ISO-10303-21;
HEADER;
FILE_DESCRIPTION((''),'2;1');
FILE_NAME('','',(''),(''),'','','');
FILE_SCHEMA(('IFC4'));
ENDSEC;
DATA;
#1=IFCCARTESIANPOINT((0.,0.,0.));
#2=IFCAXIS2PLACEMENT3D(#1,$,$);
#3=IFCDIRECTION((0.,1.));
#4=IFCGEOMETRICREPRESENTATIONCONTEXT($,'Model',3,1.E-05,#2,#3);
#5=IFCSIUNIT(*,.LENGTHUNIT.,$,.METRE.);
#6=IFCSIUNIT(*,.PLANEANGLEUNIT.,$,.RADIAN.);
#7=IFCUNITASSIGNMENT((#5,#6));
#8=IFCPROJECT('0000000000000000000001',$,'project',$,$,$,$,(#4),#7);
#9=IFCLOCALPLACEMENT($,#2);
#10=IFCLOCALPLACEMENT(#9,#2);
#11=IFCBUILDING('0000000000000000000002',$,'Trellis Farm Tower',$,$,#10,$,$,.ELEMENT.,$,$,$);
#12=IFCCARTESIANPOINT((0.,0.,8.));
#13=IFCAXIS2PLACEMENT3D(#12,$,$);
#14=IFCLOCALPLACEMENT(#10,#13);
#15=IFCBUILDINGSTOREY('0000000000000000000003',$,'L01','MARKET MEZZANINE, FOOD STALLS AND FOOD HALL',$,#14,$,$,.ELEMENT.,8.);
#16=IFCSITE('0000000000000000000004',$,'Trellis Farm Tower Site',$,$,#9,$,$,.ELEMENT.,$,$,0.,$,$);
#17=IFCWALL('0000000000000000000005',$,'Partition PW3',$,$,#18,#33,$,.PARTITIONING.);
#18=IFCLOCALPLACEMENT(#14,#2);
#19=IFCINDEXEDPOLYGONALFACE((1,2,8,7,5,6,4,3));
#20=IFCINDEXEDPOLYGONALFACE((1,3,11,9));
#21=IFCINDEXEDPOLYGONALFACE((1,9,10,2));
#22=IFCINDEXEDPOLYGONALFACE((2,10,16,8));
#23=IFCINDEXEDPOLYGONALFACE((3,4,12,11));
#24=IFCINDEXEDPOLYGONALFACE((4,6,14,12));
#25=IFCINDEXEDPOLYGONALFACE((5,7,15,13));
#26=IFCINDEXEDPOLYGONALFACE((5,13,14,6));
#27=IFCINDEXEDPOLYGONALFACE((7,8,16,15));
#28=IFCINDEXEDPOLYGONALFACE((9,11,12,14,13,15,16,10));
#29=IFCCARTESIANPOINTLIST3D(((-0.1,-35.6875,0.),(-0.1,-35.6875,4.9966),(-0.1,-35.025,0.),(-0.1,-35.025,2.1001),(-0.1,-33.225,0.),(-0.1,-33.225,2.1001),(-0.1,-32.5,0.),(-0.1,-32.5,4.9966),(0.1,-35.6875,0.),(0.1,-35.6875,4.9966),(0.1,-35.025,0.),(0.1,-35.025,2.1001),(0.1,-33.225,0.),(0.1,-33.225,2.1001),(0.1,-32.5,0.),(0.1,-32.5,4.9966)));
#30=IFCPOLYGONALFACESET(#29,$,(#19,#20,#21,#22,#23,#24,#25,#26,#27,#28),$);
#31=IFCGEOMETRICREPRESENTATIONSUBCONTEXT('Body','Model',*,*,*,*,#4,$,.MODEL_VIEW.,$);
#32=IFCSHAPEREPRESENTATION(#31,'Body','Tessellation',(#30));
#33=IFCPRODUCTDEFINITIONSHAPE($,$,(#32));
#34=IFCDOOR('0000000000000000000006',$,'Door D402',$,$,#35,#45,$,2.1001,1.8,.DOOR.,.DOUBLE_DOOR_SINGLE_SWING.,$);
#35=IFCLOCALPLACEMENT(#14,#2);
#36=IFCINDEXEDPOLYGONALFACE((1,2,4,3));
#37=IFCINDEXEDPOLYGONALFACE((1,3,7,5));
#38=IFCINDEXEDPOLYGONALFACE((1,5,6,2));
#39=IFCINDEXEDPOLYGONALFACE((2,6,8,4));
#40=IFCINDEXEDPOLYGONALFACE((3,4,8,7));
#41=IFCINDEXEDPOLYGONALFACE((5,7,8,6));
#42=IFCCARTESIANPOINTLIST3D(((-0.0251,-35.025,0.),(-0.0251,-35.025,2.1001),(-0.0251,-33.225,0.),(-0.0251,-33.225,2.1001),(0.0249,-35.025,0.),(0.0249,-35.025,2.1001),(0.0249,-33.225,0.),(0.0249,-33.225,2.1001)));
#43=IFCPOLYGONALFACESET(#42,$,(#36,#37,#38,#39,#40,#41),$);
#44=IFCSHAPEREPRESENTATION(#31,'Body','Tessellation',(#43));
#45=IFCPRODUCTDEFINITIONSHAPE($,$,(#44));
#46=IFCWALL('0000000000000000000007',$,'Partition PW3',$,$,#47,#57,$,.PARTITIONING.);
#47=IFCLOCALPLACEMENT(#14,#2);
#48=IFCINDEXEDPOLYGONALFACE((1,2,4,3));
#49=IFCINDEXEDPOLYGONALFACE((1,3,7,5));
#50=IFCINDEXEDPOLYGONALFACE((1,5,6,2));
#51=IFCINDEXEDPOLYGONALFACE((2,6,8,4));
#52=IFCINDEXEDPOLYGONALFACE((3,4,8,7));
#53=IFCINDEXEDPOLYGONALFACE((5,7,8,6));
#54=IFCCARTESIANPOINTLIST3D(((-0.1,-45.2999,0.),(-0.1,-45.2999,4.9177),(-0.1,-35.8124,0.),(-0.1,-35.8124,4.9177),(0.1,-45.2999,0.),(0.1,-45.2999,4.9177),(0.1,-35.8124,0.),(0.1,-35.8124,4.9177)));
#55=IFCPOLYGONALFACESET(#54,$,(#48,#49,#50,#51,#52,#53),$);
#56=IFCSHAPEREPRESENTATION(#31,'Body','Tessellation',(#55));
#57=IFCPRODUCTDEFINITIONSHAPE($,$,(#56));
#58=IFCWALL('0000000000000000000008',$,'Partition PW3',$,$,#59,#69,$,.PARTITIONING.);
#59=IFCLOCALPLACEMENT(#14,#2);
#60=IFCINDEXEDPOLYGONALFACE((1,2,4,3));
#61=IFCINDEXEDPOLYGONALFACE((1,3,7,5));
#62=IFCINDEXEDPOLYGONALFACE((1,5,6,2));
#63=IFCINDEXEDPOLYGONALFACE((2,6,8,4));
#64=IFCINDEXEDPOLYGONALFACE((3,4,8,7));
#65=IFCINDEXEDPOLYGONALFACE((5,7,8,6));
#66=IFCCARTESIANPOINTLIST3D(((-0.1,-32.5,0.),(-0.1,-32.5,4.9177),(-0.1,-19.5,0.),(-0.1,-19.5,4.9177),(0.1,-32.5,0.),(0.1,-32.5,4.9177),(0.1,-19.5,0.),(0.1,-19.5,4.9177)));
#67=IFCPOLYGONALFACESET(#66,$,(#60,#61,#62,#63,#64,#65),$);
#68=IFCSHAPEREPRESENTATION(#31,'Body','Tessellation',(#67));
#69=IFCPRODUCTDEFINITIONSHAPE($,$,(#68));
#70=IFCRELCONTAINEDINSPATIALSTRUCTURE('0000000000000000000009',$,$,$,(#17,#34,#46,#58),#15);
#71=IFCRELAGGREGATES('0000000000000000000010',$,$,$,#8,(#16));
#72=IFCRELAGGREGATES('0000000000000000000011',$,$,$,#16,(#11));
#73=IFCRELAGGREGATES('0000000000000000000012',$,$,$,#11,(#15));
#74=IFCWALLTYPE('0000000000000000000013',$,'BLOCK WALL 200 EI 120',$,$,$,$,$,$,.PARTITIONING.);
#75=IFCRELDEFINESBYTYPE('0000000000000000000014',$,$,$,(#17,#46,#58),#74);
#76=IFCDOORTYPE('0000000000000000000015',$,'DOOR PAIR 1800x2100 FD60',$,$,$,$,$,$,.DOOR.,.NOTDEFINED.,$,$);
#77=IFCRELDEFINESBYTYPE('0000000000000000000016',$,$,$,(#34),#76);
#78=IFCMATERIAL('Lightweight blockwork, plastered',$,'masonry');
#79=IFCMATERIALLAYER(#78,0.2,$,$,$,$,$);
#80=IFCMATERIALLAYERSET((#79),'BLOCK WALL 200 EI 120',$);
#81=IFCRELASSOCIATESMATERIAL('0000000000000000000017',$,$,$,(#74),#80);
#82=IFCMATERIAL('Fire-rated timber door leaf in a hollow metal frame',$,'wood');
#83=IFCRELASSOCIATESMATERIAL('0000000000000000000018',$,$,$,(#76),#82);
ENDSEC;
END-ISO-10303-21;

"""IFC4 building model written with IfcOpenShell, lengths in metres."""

from ifc_helpers import new_model, si_unit, direction, frame, frame_2d, origin, place, context, subcontext, project, spatial, rectangle, extrude, source, transform, mapped, material, layer, layer_set, type_object, element, fill, save


model = new_model("IFC4")

# Units and contexts
model_context = context("Model", 3, precision=1e-05, world=origin(), true_north=direction((0.0, 1.0)))
body_context = subcontext(model_context, "Body", "Model", "MODEL_VIEW")
ifc_project = project(units=[si_unit("LENGTHUNIT", "METRE"), si_unit("PLANEANGLEUNIT", "RADIAN")], contexts=[model_context])

# Site, building, storey
site_placement = place(None, origin())
site = spatial("IfcSite", under=ifc_project, at=site_placement, Name="Trellis Farm Tower Site", CompositionType="ELEMENT", RefElevation=0.0)
building_placement = place(site_placement, origin())
building = spatial("IfcBuilding", under=site, at=building_placement, Name="Trellis Farm Tower", CompositionType="ELEMENT")
storey_placement = place(building_placement, frame((0.0, 0.0, 8.0)))
storey = spatial("IfcBuildingStorey", under=building, at=storey_placement, Name="L01", Description="MARKET MEZZANINE, FOOD STALLS AND FOOD HALL", CompositionType="ELEMENT", Elevation=8.0)

# Shared definitions
ifc_material_1 = material(Name="Lightweight blockwork, plastered", Category="masonry")
ifc_layer_1 = layer(ifc_material_1, 0.2)
ifc_layer_set_1 = layer_set([ifc_layer_1], Name="BLOCK WALL 200 EI 120")
wall_type = type_object("IfcWallType", Name="BLOCK WALL 200 EI 120", PredefinedType="PARTITIONING", material=ifc_layer_set_1)

# Wall, opening, door
shared_shape_1 = source(origin(), body_context, "Body", "SweptSolid", [
    extrude(rectangle(XDim=3.1875, YDim=0.2, at=frame_2d((1.5938, 0.0))), origin(), (0.0, 0.0, 1.0), 4.9966),
])
wall_1_placement = place(storey_placement, frame((0.0, -32.5, 0.0), z_axis=(0.0, 0.0, 1.0), x_axis=(0.0, -1.0, 0.0)))
wall_1 = element("IfcWall", 1, at=wall_1_placement, inside=storey, type_object=wall_type, Name="Partition PW3", PredefinedType="PARTITIONING", context=body_context, shape_type="MappedRepresentation", body=[
    mapped(shared_shape_1, transform((0.0, 0.0, 0.0))),
])
shared_shape_2 = source(origin(), body_context, "Body", "SweptSolid", [
    extrude(rectangle(XDim=1.8, YDim=2.1001, at=frame_2d((0.8999, 1.05))), frame((0.0, 0.1101, 0.0), z_axis=(0.0, -1.0, 0.0), x_axis=(1.0, 0.0, 0.0)), (0.0, 0.0, 1.0), 0.2202),
])
opening_placement = place(wall_1_placement, frame((0.7251, 0.0, 0.0)))
opening = element("IfcOpeningElement", 2, at=opening_placement, cuts=wall_1, PredefinedType="OPENING", context=body_context, shape_type="MappedRepresentation", body=[
    mapped(shared_shape_2, transform((0.0, 0.0, 0.0))),
])
ifc_material_2 = material(Name="Fire-rated timber door leaf in a hollow metal frame", Category="wood")
door_type = type_object("IfcDoorType", Name="DOOR PAIR 1800x2100 FD60", OperationType="NOTDEFINED", PredefinedType="DOOR", material=ifc_material_2)
shared_shape_3 = source(origin(), body_context, "Body", "SweptSolid", [
    extrude(rectangle(XDim=1.8, YDim=2.1001, at=frame_2d((0.8999, 1.05))), frame((0.0, 0.0249, 0.0), z_axis=(0.0, -1.0, 0.0), x_axis=(1.0, 0.0, 0.0)), (0.0, 0.0, 1.0), 0.05),
])
door_placement = place(opening_placement, origin())
door = element("IfcDoor", 3, at=door_placement, inside=storey, type_object=door_type, Name="Door D402", OperationType="DOUBLE_DOOR_SINGLE_SWING", OverallHeight=2.1001, OverallWidth=1.8, PredefinedType="DOOR", context=body_context, shape_type="MappedRepresentation", body=[
    mapped(shared_shape_3, transform((0.0, 0.0, 0.0))),
])
fill(opening, door)

# Walls
shared_shape_4 = source(origin(), body_context, "Body", "SweptSolid", [
    extrude(rectangle(XDim=9.4875, YDim=0.2, at=frame_2d((4.7437, 0.0))), origin(), (0.0, 0.0, 1.0), 4.9177),
])
wall_2_placement = place(storey_placement, frame((0.0, -35.8125, 0.0), z_axis=(0.0, 0.0, 1.0), x_axis=(0.0, -1.0, 0.0)))
element("IfcWall", 4, at=wall_2_placement, inside=storey, type_object=wall_type, Name="Partition PW3", PredefinedType="PARTITIONING", context=body_context, shape_type="MappedRepresentation", body=[
    mapped(shared_shape_4, transform((0.0, 0.0, 0.0))),
])
shared_shape_5 = source(origin(), body_context, "Body", "SweptSolid", [
    extrude(rectangle(XDim=13.0, YDim=0.2, at=frame_2d((6.5, 0.0))), origin(), (0.0, 0.0, 1.0), 4.9177),
])
wall_3_placement = place(storey_placement, frame((0.0, -32.5, 0.0), z_axis=(0.0, 0.0, 1.0), x_axis=(0.0, 1.0, 0.0)))
element("IfcWall", 5, at=wall_3_placement, inside=storey, type_object=wall_type, Name="Partition PW3", PredefinedType="PARTITIONING", context=body_context, shape_type="MappedRepresentation", body=[
    mapped(shared_shape_5, transform((0.0, 0.0, 0.0))),
])

save(model, "model.ifc")
